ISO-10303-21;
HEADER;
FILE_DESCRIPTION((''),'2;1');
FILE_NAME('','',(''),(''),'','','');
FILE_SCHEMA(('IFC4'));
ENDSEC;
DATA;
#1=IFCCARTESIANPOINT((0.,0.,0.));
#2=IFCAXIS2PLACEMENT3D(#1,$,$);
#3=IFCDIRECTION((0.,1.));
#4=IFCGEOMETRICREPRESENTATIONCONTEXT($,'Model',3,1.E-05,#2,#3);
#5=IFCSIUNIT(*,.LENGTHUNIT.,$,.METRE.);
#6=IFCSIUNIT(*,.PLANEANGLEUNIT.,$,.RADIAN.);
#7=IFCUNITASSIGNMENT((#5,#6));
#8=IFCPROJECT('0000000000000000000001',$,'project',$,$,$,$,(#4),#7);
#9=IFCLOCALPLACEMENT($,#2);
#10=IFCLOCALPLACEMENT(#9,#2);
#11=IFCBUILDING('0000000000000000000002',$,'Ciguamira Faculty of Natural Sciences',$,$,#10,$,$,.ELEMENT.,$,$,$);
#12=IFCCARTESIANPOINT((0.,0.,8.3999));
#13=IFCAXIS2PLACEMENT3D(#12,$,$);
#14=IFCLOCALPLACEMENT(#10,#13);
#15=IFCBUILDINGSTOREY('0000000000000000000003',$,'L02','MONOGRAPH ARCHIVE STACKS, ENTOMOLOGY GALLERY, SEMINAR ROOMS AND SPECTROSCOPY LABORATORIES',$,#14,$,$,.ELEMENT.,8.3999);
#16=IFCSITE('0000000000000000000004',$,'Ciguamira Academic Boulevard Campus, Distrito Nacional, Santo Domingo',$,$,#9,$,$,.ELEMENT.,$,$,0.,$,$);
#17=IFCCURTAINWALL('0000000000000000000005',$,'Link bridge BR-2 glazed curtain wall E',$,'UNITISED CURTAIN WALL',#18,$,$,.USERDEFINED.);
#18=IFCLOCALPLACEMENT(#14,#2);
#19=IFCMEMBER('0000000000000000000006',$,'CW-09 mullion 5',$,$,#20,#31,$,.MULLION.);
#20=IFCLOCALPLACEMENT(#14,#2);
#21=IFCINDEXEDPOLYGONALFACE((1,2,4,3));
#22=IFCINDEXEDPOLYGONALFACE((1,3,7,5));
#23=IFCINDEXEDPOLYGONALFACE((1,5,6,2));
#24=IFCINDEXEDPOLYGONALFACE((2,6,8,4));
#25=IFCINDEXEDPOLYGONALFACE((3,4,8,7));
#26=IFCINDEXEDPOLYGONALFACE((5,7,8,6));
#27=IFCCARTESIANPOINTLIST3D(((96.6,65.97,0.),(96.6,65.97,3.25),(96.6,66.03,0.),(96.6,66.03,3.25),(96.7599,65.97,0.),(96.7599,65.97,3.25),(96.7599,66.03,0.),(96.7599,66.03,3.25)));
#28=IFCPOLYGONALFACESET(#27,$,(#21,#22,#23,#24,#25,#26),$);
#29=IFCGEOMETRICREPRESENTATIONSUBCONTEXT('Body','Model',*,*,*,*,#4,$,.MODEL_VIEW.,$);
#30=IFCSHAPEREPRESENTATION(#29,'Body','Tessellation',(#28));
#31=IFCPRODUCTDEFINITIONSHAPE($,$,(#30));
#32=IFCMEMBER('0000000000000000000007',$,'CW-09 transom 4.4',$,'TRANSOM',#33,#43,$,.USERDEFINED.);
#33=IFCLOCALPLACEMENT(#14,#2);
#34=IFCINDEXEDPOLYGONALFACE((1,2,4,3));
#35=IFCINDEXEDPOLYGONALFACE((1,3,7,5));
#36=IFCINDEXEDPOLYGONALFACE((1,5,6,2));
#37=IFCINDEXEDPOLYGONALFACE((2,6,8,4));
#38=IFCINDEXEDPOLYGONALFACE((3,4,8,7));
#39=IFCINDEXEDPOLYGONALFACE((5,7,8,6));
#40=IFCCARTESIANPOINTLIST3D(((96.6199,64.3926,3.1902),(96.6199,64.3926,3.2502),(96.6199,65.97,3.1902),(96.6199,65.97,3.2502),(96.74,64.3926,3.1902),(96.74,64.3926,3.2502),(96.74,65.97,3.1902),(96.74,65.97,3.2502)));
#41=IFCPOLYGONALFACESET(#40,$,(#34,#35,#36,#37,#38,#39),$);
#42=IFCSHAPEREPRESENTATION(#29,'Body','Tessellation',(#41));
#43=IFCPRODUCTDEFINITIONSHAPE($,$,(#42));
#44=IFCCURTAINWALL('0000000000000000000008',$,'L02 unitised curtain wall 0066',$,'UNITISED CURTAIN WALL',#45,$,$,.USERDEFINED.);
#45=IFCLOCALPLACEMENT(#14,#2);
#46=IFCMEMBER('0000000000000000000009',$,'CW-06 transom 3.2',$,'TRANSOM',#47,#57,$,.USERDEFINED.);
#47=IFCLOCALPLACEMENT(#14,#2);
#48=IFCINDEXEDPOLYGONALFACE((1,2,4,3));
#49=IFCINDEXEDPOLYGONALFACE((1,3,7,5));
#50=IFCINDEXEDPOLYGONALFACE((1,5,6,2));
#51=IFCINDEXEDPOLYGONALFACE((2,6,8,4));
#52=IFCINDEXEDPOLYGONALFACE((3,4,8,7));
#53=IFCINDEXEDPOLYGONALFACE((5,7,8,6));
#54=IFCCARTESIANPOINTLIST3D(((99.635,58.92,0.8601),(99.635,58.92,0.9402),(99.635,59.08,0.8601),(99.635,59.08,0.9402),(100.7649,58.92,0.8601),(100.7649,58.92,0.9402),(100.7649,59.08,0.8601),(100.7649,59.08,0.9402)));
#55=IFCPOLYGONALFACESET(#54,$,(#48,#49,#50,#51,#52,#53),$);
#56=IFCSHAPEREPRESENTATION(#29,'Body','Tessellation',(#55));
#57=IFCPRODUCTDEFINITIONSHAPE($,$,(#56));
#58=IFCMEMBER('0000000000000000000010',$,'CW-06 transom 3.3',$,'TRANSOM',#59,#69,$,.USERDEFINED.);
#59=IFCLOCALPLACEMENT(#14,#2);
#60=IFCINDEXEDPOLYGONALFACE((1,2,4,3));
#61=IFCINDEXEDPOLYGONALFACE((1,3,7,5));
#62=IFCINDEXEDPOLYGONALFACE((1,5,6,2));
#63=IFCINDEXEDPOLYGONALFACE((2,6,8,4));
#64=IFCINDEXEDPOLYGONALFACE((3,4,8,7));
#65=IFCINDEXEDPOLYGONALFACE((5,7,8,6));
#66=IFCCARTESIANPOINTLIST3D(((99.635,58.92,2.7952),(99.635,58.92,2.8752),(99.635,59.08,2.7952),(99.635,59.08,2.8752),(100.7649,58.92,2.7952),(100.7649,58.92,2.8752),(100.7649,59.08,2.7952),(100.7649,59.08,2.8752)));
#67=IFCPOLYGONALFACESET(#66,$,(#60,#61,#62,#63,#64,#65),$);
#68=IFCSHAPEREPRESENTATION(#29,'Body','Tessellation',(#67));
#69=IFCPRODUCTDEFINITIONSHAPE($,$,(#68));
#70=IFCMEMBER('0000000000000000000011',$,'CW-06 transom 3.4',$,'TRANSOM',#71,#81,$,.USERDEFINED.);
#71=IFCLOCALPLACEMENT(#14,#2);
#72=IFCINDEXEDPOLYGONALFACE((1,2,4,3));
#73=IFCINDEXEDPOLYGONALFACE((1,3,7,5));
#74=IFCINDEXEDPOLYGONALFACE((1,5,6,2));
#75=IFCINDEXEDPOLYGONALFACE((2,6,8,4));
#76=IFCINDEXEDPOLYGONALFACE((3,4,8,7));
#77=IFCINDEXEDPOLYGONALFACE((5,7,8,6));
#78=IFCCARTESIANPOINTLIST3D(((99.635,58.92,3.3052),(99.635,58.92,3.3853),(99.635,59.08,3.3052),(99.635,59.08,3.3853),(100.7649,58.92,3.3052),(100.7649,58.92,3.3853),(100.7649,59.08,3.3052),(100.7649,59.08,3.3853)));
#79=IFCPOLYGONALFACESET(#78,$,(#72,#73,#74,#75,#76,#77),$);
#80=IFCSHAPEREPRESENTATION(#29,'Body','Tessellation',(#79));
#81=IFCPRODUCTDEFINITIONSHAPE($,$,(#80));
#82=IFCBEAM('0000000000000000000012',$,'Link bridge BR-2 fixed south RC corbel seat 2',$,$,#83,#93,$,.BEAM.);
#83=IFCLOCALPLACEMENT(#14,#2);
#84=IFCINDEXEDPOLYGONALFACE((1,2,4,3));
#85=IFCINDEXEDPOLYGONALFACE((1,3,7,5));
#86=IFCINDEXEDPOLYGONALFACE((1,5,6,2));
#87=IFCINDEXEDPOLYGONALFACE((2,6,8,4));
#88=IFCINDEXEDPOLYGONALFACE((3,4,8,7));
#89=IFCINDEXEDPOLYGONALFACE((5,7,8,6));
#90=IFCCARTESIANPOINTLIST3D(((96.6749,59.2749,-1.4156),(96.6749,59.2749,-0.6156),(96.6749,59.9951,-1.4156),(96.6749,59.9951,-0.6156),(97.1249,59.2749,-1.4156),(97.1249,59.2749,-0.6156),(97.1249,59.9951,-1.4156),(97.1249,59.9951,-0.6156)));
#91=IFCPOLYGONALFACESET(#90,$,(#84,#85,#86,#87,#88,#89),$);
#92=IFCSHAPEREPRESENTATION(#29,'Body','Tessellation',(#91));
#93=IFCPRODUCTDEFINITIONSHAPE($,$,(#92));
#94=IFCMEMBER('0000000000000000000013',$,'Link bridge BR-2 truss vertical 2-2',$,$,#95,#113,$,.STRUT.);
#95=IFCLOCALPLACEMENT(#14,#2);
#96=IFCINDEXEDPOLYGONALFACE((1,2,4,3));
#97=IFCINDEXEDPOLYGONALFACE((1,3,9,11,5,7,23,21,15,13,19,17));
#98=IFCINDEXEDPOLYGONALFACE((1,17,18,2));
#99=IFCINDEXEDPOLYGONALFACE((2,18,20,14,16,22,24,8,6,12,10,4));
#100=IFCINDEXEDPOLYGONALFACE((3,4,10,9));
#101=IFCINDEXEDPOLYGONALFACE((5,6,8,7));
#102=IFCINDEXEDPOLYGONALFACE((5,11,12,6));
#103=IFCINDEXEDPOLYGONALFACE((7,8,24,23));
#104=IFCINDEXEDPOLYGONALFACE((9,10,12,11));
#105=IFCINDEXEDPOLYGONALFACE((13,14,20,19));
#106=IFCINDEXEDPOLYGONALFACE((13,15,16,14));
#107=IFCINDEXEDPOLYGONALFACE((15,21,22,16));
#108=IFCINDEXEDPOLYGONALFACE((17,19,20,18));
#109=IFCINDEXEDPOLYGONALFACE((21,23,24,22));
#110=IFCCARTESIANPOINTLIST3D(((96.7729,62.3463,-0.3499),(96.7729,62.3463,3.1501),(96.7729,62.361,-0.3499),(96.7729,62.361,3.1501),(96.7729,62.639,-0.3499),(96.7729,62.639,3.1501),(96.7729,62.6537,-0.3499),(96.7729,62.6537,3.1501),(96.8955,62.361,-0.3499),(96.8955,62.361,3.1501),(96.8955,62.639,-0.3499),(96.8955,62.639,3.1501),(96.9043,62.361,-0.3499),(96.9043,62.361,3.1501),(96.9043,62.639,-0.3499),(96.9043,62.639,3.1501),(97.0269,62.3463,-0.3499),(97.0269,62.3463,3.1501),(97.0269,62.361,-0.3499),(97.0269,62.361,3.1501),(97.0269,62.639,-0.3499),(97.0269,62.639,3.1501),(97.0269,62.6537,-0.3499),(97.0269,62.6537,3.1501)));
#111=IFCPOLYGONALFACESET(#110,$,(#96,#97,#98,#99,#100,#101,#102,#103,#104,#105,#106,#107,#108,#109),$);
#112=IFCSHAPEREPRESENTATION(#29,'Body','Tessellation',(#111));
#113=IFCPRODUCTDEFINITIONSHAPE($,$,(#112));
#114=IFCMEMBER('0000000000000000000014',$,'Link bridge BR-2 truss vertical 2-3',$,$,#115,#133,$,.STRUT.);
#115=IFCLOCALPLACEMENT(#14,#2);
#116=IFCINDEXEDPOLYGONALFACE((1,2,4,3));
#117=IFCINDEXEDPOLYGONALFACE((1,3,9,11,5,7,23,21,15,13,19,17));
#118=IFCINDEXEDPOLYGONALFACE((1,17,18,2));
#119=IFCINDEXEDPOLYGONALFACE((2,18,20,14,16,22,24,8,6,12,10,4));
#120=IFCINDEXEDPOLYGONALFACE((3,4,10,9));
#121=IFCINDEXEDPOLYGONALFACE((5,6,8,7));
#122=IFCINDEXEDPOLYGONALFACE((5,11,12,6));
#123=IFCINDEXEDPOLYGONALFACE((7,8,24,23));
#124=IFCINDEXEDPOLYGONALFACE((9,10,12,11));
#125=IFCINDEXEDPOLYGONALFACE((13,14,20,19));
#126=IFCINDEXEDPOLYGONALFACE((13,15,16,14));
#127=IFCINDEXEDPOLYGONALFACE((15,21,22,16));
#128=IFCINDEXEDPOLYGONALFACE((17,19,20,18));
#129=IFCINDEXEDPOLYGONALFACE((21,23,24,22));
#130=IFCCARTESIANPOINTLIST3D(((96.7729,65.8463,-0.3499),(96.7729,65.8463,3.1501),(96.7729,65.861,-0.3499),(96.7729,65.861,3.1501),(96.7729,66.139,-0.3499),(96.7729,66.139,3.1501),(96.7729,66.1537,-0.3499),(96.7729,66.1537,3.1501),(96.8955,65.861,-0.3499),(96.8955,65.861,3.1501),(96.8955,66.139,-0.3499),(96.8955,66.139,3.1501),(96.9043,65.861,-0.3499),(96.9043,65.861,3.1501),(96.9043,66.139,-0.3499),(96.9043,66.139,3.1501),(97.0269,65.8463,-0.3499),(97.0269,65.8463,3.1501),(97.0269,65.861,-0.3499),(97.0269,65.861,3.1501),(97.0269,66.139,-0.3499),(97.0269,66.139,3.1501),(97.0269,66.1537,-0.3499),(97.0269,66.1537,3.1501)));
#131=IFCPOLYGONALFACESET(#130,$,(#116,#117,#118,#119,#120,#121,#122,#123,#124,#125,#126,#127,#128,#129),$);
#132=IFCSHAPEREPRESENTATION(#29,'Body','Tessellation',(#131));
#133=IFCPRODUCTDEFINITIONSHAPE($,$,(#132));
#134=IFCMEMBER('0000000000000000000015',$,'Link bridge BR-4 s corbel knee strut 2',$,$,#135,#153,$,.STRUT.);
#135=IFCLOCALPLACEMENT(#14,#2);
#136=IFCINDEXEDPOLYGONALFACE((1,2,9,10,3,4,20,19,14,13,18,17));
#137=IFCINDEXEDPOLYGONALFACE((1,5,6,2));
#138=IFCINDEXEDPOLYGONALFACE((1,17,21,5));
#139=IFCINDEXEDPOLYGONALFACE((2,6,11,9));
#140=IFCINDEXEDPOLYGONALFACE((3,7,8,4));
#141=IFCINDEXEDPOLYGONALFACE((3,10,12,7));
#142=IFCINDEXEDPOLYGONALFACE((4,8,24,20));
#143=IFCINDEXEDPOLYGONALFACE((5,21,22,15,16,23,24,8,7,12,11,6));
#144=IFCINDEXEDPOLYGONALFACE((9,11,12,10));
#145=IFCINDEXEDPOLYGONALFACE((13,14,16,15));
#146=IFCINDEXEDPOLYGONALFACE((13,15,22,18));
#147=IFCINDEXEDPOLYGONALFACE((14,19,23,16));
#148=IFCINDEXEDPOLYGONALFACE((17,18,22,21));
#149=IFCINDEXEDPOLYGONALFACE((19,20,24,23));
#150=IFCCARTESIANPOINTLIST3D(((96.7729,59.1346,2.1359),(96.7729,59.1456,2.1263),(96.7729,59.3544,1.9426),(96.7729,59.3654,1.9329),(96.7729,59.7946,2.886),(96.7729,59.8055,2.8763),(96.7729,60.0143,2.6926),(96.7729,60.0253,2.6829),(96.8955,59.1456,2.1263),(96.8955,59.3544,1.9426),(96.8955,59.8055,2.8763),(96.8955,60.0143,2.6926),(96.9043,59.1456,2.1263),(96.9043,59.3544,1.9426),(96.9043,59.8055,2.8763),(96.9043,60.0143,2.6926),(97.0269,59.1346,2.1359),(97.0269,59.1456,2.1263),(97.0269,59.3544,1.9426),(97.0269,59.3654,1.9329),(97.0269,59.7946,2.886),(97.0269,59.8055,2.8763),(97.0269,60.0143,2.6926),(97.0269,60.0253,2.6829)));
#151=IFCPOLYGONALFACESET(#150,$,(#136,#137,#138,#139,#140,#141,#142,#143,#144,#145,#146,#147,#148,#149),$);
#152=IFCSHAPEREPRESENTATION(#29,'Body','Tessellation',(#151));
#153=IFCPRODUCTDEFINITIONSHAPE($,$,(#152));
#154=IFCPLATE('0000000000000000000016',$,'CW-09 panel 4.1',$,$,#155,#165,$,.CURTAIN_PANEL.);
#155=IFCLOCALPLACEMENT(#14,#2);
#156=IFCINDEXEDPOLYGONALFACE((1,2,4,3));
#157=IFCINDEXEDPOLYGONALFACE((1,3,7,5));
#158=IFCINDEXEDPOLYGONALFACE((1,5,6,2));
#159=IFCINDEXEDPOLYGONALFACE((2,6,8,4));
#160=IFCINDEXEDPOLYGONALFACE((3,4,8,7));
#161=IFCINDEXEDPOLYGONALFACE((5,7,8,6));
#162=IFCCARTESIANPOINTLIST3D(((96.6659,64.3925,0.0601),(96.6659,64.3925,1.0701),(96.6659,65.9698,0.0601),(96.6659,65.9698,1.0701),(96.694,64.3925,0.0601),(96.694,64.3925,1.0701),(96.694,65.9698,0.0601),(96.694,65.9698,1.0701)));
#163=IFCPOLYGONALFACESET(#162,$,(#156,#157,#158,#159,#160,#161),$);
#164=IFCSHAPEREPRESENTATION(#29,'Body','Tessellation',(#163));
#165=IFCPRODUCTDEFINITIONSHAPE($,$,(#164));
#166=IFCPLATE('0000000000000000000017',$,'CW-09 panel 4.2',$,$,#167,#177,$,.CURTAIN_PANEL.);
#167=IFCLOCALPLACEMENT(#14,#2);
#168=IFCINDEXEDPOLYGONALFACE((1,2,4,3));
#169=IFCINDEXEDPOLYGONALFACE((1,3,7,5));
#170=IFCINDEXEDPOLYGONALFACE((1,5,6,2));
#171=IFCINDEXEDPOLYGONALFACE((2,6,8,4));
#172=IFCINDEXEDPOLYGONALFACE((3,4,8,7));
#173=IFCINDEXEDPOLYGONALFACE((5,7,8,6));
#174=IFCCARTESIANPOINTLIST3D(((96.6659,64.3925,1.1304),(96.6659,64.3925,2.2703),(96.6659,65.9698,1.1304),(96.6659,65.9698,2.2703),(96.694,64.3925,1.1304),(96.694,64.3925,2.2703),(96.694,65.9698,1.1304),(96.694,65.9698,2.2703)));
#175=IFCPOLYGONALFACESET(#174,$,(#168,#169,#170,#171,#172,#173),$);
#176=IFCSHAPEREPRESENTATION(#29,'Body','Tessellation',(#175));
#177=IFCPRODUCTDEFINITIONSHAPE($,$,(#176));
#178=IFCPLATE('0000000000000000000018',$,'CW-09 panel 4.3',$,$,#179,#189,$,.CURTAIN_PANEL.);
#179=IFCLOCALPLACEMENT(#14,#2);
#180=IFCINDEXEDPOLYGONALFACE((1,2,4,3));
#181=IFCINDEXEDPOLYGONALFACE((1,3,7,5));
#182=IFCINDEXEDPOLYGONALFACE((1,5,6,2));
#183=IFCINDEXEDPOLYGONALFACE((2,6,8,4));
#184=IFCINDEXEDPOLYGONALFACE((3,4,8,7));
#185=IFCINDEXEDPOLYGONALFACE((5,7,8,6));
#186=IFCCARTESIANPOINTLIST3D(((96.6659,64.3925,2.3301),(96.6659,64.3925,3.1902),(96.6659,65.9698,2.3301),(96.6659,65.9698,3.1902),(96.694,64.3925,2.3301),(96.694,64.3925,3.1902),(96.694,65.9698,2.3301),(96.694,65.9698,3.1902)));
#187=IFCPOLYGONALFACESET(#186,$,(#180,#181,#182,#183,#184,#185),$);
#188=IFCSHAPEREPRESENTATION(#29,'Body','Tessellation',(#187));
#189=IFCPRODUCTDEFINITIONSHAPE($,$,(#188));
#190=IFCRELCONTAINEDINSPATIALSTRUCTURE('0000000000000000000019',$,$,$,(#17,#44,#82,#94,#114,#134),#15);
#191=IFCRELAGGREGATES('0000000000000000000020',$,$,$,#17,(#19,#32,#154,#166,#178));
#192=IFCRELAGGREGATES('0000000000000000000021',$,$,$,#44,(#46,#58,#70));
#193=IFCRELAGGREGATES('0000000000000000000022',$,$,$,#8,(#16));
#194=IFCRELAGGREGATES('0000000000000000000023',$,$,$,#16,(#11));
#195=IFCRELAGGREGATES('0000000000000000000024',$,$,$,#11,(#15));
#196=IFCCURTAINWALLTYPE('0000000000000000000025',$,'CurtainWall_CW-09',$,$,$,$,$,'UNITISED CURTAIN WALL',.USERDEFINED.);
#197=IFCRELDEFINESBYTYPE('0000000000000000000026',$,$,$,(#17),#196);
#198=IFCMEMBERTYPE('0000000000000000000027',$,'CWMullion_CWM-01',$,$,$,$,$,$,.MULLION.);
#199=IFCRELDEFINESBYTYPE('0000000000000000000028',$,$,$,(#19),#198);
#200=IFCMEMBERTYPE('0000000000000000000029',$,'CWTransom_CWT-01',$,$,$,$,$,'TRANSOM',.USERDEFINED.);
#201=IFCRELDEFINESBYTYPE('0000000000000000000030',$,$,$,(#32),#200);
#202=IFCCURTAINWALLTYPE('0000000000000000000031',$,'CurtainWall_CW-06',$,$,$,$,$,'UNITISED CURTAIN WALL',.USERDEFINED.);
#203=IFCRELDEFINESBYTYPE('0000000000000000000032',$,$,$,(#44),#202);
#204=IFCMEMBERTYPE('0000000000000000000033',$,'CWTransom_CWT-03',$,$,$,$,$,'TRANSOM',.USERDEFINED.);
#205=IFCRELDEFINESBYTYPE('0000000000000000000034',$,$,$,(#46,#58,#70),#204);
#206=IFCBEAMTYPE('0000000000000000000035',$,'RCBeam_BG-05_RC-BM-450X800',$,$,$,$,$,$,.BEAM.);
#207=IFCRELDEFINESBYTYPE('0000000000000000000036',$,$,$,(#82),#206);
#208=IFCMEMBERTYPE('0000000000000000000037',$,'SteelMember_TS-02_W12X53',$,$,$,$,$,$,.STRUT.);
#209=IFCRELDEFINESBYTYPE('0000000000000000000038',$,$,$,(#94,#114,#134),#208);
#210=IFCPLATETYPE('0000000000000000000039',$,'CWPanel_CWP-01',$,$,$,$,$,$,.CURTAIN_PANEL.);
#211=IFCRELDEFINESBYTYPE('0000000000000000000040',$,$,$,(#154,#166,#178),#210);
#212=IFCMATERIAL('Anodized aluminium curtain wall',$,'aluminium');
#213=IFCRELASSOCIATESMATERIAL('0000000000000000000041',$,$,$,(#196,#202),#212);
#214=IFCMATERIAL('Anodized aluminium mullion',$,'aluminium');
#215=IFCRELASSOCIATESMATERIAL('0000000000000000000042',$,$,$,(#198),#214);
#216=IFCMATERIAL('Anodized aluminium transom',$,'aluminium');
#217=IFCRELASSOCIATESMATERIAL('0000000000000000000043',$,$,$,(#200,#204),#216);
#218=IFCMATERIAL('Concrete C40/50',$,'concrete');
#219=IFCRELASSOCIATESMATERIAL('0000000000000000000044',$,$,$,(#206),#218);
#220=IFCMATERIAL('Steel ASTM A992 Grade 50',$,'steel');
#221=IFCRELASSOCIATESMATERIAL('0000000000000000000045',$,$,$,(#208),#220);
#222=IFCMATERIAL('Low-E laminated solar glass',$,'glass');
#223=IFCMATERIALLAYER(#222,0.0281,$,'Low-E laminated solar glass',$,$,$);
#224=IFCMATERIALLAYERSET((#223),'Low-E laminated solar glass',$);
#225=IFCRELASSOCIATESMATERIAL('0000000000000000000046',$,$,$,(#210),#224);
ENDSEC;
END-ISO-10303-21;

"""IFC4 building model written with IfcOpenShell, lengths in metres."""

from ifc_helpers import new_model, si_unit, direction, frame, origin, origin_2d, place, context, subcontext, project, spatial, rectangle, i_section, extrude, material, layer, layer_set, material_profile, profile_set, type_object, element, aggregate, save


model = new_model("IFC4")

# Units and contexts
model_context = context("Model", 3, precision=1e-05, world=origin(), true_north=direction((0.0, 1.0)))
body_context = subcontext(model_context, "Body", "Model", "MODEL_VIEW")
ifc_project = project(units=[si_unit("LENGTHUNIT", "METRE"), si_unit("PLANEANGLEUNIT", "RADIAN")], contexts=[model_context])

# Site, building, storey
site_placement = place(None, origin())
site = spatial("IfcSite", under=ifc_project, at=site_placement, Name="Ciguamira Academic Boulevard Campus, Distrito Nacional, Santo Domingo", CompositionType="ELEMENT", RefElevation=0.0)
building_placement = place(site_placement, origin())
building = spatial("IfcBuilding", under=site, at=building_placement, Name="Ciguamira Faculty of Natural Sciences", CompositionType="ELEMENT")
storey_placement = place(building_placement, frame((0.0, 0.0, 8.3999)))
storey = spatial("IfcBuildingStorey", under=building, at=storey_placement, Name="L02", Description="MONOGRAPH ARCHIVE STACKS, ENTOMOLOGY GALLERY, SEMINAR ROOMS AND SPECTROSCOPY LABORATORIES", CompositionType="ELEMENT", Elevation=8.3999)

# Curtain walls, members
ifc_material_1 = material(Name="Anodized aluminium curtain wall", Category="aluminium")
curtain_wall_type_1 = type_object("IfcCurtainWallType", Name="CurtainWall_CW-09", ElementType="UNITISED CURTAIN WALL", PredefinedType="USERDEFINED", material=ifc_material_1)
curtain_wall_1_placement = place(storey_placement, origin())
curtain_wall_1 = element("IfcCurtainWall", 1, at=curtain_wall_1_placement, inside=storey, type_object=curtain_wall_type_1, Name="Link bridge BR-2 glazed curtain wall E", ObjectType="UNITISED CURTAIN WALL", PredefinedType="USERDEFINED")
ifc_material_2 = material(Name="Anodized aluminium mullion", Category="aluminium")
ifc_material_profile_1 = material_profile(ifc_material_2, rectangle(XDim=0.0601, YDim=0.1599, at=origin_2d()), Name="ALU-MUL-60X160")
ifc_profile_set_1 = profile_set([ifc_material_profile_1], Name="Anodized aluminium mullion")
member_type_1 = type_object("IfcMemberType", Name="CWMullion_CWM-01", PredefinedType="MULLION", material=ifc_profile_set_1)
member_1_placement = place(storey_placement, frame((96.6799, 66.0, 0.0), z_axis=(0.0, 0.0, 1.0), x_axis=(0.0, 1.0, 0.0)))
member_1 = element("IfcMember", 2, at=member_1_placement, type_object=member_type_1, Name="CW-09 mullion 5", PredefinedType="MULLION", context=body_context, shape_type="SweptSolid", body=[
    extrude(rectangle(XDim=0.0601, YDim=0.1599, at=origin_2d()), origin(), (0.0, 0.0, 1.0), 3.25),
])
ifc_material_3 = material(Name="Anodized aluminium transom", Category="aluminium")
ifc_material_profile_2 = material_profile(ifc_material_3, rectangle(XDim=0.0601, YDim=0.1201, at=origin_2d()), Name="ALU-TRN-60X120")
ifc_profile_set_2 = profile_set([ifc_material_profile_2], Name="Anodized aluminium transom")
member_type_2 = type_object("IfcMemberType", Name="CWTransom_CWT-01", ElementType="TRANSOM", PredefinedType="USERDEFINED", material=ifc_profile_set_2)
member_2_placement = place(storey_placement, frame((96.6799, 64.3926, 3.2202), z_axis=(0.0, 1.0, 0.0), x_axis=(0.0, 0.0, 1.0)))
member_2 = element("IfcMember", 3, at=member_2_placement, type_object=member_type_2, Name="CW-09 transom 4.4", ObjectType="TRANSOM", PredefinedType="USERDEFINED", context=body_context, shape_type="SweptSolid", body=[
    extrude(rectangle(XDim=0.0601, YDim=0.1201, at=origin_2d()), origin(), (0.0, 0.0, 1.0), 1.5774),
])
curtain_wall_type_2 = type_object("IfcCurtainWallType", Name="CurtainWall_CW-06", ElementType="UNITISED CURTAIN WALL", PredefinedType="USERDEFINED", material=ifc_material_1)
curtain_wall_2_placement = place(storey_placement, origin())
curtain_wall_2 = element("IfcCurtainWall", 4, at=curtain_wall_2_placement, inside=storey, type_object=curtain_wall_type_2, Name="L02 unitised curtain wall 0066", ObjectType="UNITISED CURTAIN WALL", PredefinedType="USERDEFINED")
ifc_material_profile_3 = material_profile(ifc_material_3, rectangle(XDim=0.0801, YDim=0.1599, at=origin_2d()), Name="ALU-TRN-80X160")
ifc_profile_set_3 = profile_set([ifc_material_profile_3], Name="Anodized aluminium transom")
member_type_3 = type_object("IfcMemberType", Name="CWTransom_CWT-03", ElementType="TRANSOM", PredefinedType="USERDEFINED", material=ifc_profile_set_3)
member_3_placement = place(storey_placement, frame((99.635, 59.0, 0.9001), z_axis=(1.0, 0.0, 0.0), x_axis=(0.0, 0.0, 1.0)))
member_3 = element("IfcMember", 5, at=member_3_placement, type_object=member_type_3, Name="CW-06 transom 3.2", ObjectType="TRANSOM", PredefinedType="USERDEFINED", context=body_context, shape_type="SweptSolid", body=[
    extrude(rectangle(XDim=0.0801, YDim=0.1599, at=origin_2d()), origin(), (0.0, 0.0, 1.0), 1.1299),
])
member_4_placement = place(storey_placement, frame((99.635, 59.0, 2.8352), z_axis=(1.0, 0.0, 0.0), x_axis=(0.0, 0.0, 1.0)))
member_4 = element("IfcMember", 6, at=member_4_placement, type_object=member_type_3, Name="CW-06 transom 3.3", ObjectType="TRANSOM", PredefinedType="USERDEFINED", context=body_context, shape_type="SweptSolid", body=[
    extrude(rectangle(XDim=0.0801, YDim=0.1599, at=origin_2d()), origin(), (0.0, 0.0, 1.0), 1.1299),
])
member_5_placement = place(storey_placement, frame((99.635, 59.0, 3.3452), z_axis=(1.0, 0.0, 0.0), x_axis=(0.0, 0.0, 1.0)))
member_5 = element("IfcMember", 7, at=member_5_placement, type_object=member_type_3, Name="CW-06 transom 3.4", ObjectType="TRANSOM", PredefinedType="USERDEFINED", context=body_context, shape_type="SweptSolid", body=[
    extrude(rectangle(XDim=0.0801, YDim=0.1599, at=origin_2d()), origin(), (0.0, 0.0, 1.0), 1.1299),
])

# Beam
ifc_material_4 = material(Name="Concrete C40/50", Category="concrete")
ifc_material_profile_4 = material_profile(ifc_material_4, rectangle(XDim=0.45, YDim=0.8, at=origin_2d()), Name="RC-BM-450X800")
ifc_profile_set_4 = profile_set([ifc_material_profile_4], Name="Concrete C40/50")
beam_type = type_object("IfcBeamType", Name="RCBeam_BG-05_RC-BM-450X800", PredefinedType="BEAM", material=ifc_profile_set_4)
beam_placement = place(storey_placement, frame((96.8999, 59.2749, -1.0156), z_axis=(0.0, 1.0, 0.0), x_axis=(-1.0, 0.0, 0.0)))
element("IfcBeam", 8, at=beam_placement, inside=storey, type_object=beam_type, Name="Link bridge BR-2 fixed south RC corbel seat 2", PredefinedType="BEAM", context=body_context, shape_type="SweptSolid", body=[
    extrude(rectangle(XDim=0.45, YDim=0.8, at=origin_2d()), origin(), (0.0, 0.0, 1.0), 0.7202),
])

# Members
ifc_material_5 = material(Name="Steel ASTM A992 Grade 50", Category="steel")
ifc_material_profile_5 = material_profile(ifc_material_5, i_section(OverallWidth=0.2539, OverallDepth=0.3074, WebThickness=0.0088, FlangeThickness=0.0146, at=origin_2d()), Name="W12X53")
ifc_profile_set_5 = profile_set([ifc_material_profile_5], Name="Steel ASTM A992 Grade 50")
member_type_4 = type_object("IfcMemberType", Name="SteelMember_TS-02_W12X53", PredefinedType="STRUT", material=ifc_profile_set_5)
for number, where, z_axis, x_axis, name in (
    (9, (96.8999, 62.5, -0.3499), (0.0, 0.0, 1.0), (1.0, 0.0, 0.0), "Link bridge BR-2 truss vertical 2-2"),
    (10, (96.8999, 66.0, -0.3499), (0.0, 0.0, 1.0), (1.0, 0.0, 0.0), "Link bridge BR-2 truss vertical 2-3"),
):
    element("IfcMember", number, at=place(storey_placement, frame(where, z_axis=z_axis, x_axis=x_axis)), inside=storey, type_object=member_type_4, Name=name, PredefinedType="STRUT", context=body_context, shape_type="SweptSolid", body=[
        extrude(i_section(OverallWidth=0.2539, OverallDepth=0.3074, WebThickness=0.0088, FlangeThickness=0.0146, at=origin_2d()), origin(), (0.0, 0.0, 1.0), 3.5),
    ])
member_6_placement = place(storey_placement, frame((96.8999, 59.25, 2.0344), z_axis=(0.0, 0.660578, 0.750757), x_axis=(-1.0, 0.0, 0.0)))
element("IfcMember", 11, at=member_6_placement, inside=storey, type_object=member_type_4, Name="Link bridge BR-4 s corbel knee strut 2", PredefinedType="STRUT", context=body_context, shape_type="SweptSolid", body=[
    extrude(i_section(OverallWidth=0.2539, OverallDepth=0.3074, WebThickness=0.0088, FlangeThickness=0.0146, at=origin_2d()), origin(), (0.0, 0.0, 1.0), 0.999),
])

# Plates
ifc_material_6 = material(Name="Low-E laminated solar glass", Category="glass")
ifc_layer_1 = layer(ifc_material_6, 0.0281, Name="Low-E laminated solar glass")
ifc_layer_set_1 = layer_set([ifc_layer_1], Name="Low-E laminated solar glass")
plate_type_1 = type_object("IfcPlateType", Name="CWPanel_CWP-01", PredefinedType="CURTAIN_PANEL", material=ifc_layer_set_1)
plate_1_placement = place(storey_placement, frame((96.6799, 65.1812, 0.0601), z_axis=(0.0, 0.0, 1.0), x_axis=(0.0, 1.0, 0.0)))
plate_1 = element("IfcPlate", 12, at=plate_1_placement, type_object=plate_type_1, Name="CW-09 panel 4.1", PredefinedType="CURTAIN_PANEL", context=body_context, shape_type="SweptSolid", body=[
    extrude(rectangle(XDim=1.5774, YDim=0.0281, at=origin_2d()), origin(), (0.0, 0.0, 1.0), 1.01),
])
plate_2_placement = place(storey_placement, frame((96.6799, 65.1812, 1.1304), z_axis=(0.0, 0.0, 1.0), x_axis=(0.0, 1.0, 0.0)))
plate_2 = element("IfcPlate", 13, at=plate_2_placement, type_object=plate_type_1, Name="CW-09 panel 4.2", PredefinedType="CURTAIN_PANEL", context=body_context, shape_type="SweptSolid", body=[
    extrude(rectangle(XDim=1.5774, YDim=0.0281, at=origin_2d()), origin(), (0.0, 0.0, 1.0), 1.1399),
])
plate_3_placement = place(storey_placement, frame((96.6799, 65.1812, 2.3301), z_axis=(0.0, 0.0, 1.0), x_axis=(0.0, 1.0, 0.0)))
plate_3 = element("IfcPlate", 14, at=plate_3_placement, type_object=plate_type_1, Name="CW-09 panel 4.3", PredefinedType="CURTAIN_PANEL", context=body_context, shape_type="SweptSolid", body=[
    extrude(rectangle(XDim=1.5774, YDim=0.0281, at=origin_2d()), origin(), (0.0, 0.0, 1.0), 0.8601),
])
aggregate(curtain_wall_1, [member_1, member_2, plate_1, plate_2, plate_3])
aggregate(curtain_wall_2, [member_3, member_4, member_5])

save(model, "model.ifc")
